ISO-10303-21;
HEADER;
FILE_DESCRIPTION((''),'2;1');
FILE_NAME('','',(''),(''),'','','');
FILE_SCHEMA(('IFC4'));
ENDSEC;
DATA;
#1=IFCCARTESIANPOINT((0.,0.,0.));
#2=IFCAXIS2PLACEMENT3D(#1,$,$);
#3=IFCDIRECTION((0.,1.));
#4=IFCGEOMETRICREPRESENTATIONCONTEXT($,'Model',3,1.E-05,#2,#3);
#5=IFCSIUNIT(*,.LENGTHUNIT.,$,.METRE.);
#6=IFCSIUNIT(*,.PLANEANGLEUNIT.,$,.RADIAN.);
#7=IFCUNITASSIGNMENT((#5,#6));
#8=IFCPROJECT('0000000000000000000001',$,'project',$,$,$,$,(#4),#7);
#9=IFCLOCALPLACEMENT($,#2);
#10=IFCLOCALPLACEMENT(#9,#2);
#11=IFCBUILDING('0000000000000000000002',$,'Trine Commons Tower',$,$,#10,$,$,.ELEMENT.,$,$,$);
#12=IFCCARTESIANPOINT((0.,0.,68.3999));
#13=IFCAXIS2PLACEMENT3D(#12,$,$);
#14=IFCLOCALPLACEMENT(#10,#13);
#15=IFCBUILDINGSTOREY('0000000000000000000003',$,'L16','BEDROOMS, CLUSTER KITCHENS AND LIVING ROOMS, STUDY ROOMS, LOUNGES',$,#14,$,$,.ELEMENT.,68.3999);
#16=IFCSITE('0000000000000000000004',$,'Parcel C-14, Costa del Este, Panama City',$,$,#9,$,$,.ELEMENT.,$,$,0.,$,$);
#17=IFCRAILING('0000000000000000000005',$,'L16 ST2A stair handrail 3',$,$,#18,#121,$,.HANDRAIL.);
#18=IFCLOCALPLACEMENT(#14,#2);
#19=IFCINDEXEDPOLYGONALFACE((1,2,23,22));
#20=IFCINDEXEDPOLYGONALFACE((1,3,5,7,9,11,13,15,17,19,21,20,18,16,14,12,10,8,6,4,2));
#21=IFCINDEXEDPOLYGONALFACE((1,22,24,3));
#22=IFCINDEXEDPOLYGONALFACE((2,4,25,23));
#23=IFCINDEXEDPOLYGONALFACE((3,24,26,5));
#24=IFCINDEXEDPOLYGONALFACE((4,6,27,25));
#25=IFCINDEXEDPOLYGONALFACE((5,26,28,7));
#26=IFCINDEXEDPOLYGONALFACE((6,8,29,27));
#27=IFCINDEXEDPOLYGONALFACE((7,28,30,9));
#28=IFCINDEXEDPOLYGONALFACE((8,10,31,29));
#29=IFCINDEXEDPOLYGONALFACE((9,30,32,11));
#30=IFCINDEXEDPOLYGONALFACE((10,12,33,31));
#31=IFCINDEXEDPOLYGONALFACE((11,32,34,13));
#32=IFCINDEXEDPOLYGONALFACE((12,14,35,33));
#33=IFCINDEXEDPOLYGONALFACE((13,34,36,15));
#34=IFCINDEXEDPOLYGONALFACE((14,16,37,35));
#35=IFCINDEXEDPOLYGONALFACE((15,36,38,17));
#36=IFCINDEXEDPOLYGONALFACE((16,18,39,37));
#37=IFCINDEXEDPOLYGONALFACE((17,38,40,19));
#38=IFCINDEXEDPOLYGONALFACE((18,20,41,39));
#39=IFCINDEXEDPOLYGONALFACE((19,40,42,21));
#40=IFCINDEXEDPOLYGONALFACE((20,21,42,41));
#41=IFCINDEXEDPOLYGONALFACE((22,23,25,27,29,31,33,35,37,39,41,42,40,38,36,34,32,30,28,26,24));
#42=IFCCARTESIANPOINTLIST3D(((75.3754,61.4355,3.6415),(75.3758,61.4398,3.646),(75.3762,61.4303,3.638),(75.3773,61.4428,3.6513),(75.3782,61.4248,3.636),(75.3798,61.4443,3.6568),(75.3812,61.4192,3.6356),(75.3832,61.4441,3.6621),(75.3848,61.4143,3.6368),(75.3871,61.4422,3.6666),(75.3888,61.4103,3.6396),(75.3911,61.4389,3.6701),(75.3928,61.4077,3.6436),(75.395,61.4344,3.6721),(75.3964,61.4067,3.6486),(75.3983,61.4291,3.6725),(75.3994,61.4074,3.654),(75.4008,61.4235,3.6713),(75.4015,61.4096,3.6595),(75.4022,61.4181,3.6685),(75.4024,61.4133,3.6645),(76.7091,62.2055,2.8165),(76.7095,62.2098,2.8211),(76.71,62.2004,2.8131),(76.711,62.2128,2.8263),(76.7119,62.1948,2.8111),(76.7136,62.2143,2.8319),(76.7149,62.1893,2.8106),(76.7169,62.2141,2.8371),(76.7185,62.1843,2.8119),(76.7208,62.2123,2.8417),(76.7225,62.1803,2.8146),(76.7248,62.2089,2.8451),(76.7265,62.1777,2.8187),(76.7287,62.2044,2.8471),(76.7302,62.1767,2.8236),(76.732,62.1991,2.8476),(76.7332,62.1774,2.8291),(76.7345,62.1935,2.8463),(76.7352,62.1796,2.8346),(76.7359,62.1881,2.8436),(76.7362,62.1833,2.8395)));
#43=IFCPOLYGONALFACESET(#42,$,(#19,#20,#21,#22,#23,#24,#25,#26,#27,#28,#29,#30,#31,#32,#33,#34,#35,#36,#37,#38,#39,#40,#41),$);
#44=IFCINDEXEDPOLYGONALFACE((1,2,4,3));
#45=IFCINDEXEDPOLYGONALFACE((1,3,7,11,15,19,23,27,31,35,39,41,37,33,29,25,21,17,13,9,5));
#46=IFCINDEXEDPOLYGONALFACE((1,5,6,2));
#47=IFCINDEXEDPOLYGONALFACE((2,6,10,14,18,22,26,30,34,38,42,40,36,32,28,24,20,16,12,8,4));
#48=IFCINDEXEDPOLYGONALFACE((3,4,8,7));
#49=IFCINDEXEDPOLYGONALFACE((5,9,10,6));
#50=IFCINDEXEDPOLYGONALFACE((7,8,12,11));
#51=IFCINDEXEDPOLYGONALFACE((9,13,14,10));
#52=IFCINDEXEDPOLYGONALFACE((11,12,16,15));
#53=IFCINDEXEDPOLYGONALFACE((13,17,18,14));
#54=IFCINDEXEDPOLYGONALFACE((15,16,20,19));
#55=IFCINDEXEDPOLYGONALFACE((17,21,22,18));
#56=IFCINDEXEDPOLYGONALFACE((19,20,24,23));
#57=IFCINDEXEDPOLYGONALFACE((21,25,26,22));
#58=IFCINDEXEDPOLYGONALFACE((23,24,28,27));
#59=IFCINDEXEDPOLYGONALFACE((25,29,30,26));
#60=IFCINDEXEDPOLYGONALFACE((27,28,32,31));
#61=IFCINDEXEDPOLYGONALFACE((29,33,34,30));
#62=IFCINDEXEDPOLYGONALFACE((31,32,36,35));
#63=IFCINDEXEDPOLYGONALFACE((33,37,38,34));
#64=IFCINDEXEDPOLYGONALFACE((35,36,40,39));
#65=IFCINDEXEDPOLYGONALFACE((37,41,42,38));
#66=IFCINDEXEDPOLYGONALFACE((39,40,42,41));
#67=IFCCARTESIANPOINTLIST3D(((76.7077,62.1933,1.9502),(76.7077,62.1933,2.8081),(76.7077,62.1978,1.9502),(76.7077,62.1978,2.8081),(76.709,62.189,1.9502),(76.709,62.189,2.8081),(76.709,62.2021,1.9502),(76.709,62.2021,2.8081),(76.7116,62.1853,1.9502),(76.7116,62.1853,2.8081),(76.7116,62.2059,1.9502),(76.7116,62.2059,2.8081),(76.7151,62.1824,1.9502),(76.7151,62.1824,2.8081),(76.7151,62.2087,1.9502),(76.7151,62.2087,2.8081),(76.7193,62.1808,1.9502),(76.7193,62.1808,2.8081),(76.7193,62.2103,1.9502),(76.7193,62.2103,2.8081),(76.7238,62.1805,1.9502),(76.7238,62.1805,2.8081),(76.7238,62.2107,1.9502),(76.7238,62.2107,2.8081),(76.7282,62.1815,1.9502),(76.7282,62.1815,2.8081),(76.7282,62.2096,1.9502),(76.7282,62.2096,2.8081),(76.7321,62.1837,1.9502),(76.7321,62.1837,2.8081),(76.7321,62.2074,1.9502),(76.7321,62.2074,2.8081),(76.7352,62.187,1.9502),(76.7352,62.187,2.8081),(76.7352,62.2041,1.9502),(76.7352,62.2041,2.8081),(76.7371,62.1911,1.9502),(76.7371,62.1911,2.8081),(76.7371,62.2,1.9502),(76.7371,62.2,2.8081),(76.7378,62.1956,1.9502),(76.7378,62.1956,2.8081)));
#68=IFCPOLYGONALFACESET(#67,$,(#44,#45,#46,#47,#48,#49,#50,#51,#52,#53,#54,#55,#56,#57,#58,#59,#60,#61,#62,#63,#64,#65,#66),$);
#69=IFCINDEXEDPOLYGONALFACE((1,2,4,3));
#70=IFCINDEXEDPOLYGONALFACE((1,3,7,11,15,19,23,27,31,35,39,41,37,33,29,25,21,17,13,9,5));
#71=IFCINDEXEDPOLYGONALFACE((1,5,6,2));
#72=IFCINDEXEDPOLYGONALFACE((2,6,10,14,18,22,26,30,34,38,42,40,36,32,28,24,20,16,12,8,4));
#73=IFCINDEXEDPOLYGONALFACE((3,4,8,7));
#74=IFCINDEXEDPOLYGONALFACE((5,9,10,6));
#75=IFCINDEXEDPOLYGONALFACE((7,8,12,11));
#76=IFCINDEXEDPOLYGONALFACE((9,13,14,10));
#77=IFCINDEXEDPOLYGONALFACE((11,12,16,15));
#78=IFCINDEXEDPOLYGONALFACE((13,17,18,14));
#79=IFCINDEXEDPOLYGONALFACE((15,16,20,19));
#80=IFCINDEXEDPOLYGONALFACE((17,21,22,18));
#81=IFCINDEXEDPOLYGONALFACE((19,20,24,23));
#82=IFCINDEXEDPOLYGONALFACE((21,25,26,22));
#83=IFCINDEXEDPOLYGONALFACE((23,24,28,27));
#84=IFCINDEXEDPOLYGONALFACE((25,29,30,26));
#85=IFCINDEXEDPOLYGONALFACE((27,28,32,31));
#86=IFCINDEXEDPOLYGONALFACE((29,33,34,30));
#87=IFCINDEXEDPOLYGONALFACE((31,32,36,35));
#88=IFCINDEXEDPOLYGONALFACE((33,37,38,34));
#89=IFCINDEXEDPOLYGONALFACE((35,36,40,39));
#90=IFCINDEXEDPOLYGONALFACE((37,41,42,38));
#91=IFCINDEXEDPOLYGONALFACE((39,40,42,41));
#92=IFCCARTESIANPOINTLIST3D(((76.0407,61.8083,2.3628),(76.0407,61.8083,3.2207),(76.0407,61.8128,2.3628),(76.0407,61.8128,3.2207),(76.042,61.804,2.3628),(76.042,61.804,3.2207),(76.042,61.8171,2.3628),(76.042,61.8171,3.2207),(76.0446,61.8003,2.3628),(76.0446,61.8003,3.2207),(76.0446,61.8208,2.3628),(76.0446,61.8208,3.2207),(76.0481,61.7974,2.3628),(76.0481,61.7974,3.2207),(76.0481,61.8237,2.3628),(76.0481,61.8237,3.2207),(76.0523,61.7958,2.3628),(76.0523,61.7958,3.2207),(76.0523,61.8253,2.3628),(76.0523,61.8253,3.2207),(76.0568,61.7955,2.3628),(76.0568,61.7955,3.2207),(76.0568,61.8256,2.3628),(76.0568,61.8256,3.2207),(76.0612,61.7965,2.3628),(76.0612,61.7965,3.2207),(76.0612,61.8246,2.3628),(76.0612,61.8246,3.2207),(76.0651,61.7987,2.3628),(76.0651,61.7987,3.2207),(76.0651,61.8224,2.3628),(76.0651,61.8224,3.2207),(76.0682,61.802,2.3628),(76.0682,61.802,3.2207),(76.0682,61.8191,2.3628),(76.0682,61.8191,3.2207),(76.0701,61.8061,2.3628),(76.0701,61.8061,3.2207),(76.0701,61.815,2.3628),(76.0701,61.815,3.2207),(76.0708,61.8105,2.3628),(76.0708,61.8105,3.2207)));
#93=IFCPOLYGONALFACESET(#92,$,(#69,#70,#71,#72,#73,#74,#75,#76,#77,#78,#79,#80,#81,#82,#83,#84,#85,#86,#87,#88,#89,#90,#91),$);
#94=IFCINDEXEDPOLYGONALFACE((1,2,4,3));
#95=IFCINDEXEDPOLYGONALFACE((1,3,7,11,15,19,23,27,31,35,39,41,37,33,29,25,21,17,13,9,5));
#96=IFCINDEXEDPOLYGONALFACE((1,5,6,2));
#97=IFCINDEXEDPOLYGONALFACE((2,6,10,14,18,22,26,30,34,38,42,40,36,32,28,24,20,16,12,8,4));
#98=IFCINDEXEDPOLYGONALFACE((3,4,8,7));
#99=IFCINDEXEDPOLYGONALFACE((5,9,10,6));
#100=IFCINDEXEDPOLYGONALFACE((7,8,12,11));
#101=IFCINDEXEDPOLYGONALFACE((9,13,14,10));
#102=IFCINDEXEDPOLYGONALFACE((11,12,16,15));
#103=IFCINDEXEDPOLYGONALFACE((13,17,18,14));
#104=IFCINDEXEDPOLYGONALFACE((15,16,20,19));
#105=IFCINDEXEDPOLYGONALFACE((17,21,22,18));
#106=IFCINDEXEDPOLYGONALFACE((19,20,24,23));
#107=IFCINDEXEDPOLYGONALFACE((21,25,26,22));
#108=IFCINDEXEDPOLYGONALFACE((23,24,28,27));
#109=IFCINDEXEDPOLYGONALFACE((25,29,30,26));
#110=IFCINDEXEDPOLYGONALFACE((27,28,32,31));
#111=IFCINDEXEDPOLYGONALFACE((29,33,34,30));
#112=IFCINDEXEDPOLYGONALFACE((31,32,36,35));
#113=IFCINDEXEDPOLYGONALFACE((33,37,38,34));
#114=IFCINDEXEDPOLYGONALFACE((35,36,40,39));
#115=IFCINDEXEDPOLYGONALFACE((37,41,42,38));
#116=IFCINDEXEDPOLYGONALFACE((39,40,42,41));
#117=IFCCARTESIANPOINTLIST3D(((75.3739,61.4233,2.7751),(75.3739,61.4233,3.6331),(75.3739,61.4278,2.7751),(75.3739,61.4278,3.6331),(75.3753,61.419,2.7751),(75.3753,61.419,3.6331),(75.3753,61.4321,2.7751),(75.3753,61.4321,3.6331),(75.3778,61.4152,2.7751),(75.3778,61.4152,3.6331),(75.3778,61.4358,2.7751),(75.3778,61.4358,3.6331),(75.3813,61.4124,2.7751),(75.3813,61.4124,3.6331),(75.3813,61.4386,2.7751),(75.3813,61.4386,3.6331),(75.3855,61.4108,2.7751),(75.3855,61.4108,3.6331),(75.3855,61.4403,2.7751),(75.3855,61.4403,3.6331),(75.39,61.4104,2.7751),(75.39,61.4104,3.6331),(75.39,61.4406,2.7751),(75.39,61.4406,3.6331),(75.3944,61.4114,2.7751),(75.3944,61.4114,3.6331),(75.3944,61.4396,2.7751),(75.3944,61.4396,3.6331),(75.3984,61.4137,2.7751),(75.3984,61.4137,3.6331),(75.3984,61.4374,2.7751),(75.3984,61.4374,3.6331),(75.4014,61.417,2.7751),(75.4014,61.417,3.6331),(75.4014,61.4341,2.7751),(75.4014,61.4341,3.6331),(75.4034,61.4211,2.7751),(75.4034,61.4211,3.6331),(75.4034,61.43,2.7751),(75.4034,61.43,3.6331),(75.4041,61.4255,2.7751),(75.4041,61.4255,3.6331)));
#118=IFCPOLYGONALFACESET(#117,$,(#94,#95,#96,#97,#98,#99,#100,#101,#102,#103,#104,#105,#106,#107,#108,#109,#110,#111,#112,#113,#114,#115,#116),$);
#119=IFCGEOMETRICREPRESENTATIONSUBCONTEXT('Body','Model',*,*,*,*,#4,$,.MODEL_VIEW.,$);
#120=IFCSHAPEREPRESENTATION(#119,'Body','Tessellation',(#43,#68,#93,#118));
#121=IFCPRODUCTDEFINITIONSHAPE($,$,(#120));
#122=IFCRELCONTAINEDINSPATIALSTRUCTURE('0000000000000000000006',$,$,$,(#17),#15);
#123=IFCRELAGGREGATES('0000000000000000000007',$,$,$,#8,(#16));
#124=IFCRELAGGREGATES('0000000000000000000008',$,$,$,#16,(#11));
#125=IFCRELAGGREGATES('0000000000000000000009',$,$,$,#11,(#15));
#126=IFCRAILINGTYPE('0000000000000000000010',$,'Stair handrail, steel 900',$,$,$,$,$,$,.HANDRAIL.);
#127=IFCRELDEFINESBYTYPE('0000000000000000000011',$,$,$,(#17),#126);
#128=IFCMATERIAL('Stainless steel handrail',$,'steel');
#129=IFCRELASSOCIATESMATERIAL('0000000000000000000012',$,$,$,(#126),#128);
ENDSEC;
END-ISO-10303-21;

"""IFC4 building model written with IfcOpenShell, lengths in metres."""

from ifc_helpers import new_model, si_unit, direction, frame, origin, origin_2d, place, context, subcontext, project, spatial, circle, extrude, material, type_object, element, save


model = new_model("IFC4")

# Units and contexts
model_context = context("Model", 3, precision=1e-05, world=origin(), true_north=direction((0.0, 1.0)))
body_context = subcontext(model_context, "Body", "Model", "MODEL_VIEW")
ifc_project = project(units=[si_unit("LENGTHUNIT", "METRE"), si_unit("PLANEANGLEUNIT", "RADIAN")], contexts=[model_context])

# Site, building, storey
site_placement = place(None, origin())
site = spatial("IfcSite", under=ifc_project, at=site_placement, Name="Parcel C-14, Costa del Este, Panama City", CompositionType="ELEMENT", RefElevation=0.0)
building_placement = place(site_placement, origin())
building = spatial("IfcBuilding", under=site, at=building_placement, Name="Trine Commons Tower", CompositionType="ELEMENT")
storey_placement = place(building_placement, frame((0.0, 0.0, 68.3999)))
storey = spatial("IfcBuildingStorey", under=building, at=storey_placement, Name="L16", Description="BEDROOMS, CLUSTER KITCHENS AND LIVING ROOMS, STUDY ROOMS, LOUNGES", CompositionType="ELEMENT", Elevation=68.3999)

# Railing
ifc_material_1 = material(Name="Stainless steel handrail", Category="steel")
railing_type = type_object("IfcRailingType", Name="Stair handrail, steel 900", PredefinedType="HANDRAIL", material=ifc_material_1)
railing_1_placement = place(storey_placement, frame((76.7227, 62.1956, 1.9502)))
element("IfcRailing", 1, at=railing_1_placement, inside=storey, type_object=railing_type, Name="L16 ST2A stair handrail 3", PredefinedType="HANDRAIL", context=body_context, shape_type="SweptSolid", body=[
    extrude(circle(Radius=0.021, at=origin_2d()), frame((0.0, 0.0, 0.8789), z_axis=(-0.763405, -0.440743, 0.472185), x_axis=(0.499992, -0.86603, 0.0)), (0.0, 0.0, 1.0), 1.7471),
    extrude(circle(Radius=0.0151, at=origin_2d()), origin(), (0.0, 0.0, 1.0), 0.8579),
    extrude(circle(Radius=0.0151, at=origin_2d()), frame((-0.667, -0.385, 0.4126)), (0.0, 0.0, 1.0), 0.8579),
    extrude(circle(Radius=0.0151, at=origin_2d()), frame((-1.3337, -0.77, 0.825)), (0.0, 0.0, 1.0), 0.8579),
])

save(model, "model.ifc")
